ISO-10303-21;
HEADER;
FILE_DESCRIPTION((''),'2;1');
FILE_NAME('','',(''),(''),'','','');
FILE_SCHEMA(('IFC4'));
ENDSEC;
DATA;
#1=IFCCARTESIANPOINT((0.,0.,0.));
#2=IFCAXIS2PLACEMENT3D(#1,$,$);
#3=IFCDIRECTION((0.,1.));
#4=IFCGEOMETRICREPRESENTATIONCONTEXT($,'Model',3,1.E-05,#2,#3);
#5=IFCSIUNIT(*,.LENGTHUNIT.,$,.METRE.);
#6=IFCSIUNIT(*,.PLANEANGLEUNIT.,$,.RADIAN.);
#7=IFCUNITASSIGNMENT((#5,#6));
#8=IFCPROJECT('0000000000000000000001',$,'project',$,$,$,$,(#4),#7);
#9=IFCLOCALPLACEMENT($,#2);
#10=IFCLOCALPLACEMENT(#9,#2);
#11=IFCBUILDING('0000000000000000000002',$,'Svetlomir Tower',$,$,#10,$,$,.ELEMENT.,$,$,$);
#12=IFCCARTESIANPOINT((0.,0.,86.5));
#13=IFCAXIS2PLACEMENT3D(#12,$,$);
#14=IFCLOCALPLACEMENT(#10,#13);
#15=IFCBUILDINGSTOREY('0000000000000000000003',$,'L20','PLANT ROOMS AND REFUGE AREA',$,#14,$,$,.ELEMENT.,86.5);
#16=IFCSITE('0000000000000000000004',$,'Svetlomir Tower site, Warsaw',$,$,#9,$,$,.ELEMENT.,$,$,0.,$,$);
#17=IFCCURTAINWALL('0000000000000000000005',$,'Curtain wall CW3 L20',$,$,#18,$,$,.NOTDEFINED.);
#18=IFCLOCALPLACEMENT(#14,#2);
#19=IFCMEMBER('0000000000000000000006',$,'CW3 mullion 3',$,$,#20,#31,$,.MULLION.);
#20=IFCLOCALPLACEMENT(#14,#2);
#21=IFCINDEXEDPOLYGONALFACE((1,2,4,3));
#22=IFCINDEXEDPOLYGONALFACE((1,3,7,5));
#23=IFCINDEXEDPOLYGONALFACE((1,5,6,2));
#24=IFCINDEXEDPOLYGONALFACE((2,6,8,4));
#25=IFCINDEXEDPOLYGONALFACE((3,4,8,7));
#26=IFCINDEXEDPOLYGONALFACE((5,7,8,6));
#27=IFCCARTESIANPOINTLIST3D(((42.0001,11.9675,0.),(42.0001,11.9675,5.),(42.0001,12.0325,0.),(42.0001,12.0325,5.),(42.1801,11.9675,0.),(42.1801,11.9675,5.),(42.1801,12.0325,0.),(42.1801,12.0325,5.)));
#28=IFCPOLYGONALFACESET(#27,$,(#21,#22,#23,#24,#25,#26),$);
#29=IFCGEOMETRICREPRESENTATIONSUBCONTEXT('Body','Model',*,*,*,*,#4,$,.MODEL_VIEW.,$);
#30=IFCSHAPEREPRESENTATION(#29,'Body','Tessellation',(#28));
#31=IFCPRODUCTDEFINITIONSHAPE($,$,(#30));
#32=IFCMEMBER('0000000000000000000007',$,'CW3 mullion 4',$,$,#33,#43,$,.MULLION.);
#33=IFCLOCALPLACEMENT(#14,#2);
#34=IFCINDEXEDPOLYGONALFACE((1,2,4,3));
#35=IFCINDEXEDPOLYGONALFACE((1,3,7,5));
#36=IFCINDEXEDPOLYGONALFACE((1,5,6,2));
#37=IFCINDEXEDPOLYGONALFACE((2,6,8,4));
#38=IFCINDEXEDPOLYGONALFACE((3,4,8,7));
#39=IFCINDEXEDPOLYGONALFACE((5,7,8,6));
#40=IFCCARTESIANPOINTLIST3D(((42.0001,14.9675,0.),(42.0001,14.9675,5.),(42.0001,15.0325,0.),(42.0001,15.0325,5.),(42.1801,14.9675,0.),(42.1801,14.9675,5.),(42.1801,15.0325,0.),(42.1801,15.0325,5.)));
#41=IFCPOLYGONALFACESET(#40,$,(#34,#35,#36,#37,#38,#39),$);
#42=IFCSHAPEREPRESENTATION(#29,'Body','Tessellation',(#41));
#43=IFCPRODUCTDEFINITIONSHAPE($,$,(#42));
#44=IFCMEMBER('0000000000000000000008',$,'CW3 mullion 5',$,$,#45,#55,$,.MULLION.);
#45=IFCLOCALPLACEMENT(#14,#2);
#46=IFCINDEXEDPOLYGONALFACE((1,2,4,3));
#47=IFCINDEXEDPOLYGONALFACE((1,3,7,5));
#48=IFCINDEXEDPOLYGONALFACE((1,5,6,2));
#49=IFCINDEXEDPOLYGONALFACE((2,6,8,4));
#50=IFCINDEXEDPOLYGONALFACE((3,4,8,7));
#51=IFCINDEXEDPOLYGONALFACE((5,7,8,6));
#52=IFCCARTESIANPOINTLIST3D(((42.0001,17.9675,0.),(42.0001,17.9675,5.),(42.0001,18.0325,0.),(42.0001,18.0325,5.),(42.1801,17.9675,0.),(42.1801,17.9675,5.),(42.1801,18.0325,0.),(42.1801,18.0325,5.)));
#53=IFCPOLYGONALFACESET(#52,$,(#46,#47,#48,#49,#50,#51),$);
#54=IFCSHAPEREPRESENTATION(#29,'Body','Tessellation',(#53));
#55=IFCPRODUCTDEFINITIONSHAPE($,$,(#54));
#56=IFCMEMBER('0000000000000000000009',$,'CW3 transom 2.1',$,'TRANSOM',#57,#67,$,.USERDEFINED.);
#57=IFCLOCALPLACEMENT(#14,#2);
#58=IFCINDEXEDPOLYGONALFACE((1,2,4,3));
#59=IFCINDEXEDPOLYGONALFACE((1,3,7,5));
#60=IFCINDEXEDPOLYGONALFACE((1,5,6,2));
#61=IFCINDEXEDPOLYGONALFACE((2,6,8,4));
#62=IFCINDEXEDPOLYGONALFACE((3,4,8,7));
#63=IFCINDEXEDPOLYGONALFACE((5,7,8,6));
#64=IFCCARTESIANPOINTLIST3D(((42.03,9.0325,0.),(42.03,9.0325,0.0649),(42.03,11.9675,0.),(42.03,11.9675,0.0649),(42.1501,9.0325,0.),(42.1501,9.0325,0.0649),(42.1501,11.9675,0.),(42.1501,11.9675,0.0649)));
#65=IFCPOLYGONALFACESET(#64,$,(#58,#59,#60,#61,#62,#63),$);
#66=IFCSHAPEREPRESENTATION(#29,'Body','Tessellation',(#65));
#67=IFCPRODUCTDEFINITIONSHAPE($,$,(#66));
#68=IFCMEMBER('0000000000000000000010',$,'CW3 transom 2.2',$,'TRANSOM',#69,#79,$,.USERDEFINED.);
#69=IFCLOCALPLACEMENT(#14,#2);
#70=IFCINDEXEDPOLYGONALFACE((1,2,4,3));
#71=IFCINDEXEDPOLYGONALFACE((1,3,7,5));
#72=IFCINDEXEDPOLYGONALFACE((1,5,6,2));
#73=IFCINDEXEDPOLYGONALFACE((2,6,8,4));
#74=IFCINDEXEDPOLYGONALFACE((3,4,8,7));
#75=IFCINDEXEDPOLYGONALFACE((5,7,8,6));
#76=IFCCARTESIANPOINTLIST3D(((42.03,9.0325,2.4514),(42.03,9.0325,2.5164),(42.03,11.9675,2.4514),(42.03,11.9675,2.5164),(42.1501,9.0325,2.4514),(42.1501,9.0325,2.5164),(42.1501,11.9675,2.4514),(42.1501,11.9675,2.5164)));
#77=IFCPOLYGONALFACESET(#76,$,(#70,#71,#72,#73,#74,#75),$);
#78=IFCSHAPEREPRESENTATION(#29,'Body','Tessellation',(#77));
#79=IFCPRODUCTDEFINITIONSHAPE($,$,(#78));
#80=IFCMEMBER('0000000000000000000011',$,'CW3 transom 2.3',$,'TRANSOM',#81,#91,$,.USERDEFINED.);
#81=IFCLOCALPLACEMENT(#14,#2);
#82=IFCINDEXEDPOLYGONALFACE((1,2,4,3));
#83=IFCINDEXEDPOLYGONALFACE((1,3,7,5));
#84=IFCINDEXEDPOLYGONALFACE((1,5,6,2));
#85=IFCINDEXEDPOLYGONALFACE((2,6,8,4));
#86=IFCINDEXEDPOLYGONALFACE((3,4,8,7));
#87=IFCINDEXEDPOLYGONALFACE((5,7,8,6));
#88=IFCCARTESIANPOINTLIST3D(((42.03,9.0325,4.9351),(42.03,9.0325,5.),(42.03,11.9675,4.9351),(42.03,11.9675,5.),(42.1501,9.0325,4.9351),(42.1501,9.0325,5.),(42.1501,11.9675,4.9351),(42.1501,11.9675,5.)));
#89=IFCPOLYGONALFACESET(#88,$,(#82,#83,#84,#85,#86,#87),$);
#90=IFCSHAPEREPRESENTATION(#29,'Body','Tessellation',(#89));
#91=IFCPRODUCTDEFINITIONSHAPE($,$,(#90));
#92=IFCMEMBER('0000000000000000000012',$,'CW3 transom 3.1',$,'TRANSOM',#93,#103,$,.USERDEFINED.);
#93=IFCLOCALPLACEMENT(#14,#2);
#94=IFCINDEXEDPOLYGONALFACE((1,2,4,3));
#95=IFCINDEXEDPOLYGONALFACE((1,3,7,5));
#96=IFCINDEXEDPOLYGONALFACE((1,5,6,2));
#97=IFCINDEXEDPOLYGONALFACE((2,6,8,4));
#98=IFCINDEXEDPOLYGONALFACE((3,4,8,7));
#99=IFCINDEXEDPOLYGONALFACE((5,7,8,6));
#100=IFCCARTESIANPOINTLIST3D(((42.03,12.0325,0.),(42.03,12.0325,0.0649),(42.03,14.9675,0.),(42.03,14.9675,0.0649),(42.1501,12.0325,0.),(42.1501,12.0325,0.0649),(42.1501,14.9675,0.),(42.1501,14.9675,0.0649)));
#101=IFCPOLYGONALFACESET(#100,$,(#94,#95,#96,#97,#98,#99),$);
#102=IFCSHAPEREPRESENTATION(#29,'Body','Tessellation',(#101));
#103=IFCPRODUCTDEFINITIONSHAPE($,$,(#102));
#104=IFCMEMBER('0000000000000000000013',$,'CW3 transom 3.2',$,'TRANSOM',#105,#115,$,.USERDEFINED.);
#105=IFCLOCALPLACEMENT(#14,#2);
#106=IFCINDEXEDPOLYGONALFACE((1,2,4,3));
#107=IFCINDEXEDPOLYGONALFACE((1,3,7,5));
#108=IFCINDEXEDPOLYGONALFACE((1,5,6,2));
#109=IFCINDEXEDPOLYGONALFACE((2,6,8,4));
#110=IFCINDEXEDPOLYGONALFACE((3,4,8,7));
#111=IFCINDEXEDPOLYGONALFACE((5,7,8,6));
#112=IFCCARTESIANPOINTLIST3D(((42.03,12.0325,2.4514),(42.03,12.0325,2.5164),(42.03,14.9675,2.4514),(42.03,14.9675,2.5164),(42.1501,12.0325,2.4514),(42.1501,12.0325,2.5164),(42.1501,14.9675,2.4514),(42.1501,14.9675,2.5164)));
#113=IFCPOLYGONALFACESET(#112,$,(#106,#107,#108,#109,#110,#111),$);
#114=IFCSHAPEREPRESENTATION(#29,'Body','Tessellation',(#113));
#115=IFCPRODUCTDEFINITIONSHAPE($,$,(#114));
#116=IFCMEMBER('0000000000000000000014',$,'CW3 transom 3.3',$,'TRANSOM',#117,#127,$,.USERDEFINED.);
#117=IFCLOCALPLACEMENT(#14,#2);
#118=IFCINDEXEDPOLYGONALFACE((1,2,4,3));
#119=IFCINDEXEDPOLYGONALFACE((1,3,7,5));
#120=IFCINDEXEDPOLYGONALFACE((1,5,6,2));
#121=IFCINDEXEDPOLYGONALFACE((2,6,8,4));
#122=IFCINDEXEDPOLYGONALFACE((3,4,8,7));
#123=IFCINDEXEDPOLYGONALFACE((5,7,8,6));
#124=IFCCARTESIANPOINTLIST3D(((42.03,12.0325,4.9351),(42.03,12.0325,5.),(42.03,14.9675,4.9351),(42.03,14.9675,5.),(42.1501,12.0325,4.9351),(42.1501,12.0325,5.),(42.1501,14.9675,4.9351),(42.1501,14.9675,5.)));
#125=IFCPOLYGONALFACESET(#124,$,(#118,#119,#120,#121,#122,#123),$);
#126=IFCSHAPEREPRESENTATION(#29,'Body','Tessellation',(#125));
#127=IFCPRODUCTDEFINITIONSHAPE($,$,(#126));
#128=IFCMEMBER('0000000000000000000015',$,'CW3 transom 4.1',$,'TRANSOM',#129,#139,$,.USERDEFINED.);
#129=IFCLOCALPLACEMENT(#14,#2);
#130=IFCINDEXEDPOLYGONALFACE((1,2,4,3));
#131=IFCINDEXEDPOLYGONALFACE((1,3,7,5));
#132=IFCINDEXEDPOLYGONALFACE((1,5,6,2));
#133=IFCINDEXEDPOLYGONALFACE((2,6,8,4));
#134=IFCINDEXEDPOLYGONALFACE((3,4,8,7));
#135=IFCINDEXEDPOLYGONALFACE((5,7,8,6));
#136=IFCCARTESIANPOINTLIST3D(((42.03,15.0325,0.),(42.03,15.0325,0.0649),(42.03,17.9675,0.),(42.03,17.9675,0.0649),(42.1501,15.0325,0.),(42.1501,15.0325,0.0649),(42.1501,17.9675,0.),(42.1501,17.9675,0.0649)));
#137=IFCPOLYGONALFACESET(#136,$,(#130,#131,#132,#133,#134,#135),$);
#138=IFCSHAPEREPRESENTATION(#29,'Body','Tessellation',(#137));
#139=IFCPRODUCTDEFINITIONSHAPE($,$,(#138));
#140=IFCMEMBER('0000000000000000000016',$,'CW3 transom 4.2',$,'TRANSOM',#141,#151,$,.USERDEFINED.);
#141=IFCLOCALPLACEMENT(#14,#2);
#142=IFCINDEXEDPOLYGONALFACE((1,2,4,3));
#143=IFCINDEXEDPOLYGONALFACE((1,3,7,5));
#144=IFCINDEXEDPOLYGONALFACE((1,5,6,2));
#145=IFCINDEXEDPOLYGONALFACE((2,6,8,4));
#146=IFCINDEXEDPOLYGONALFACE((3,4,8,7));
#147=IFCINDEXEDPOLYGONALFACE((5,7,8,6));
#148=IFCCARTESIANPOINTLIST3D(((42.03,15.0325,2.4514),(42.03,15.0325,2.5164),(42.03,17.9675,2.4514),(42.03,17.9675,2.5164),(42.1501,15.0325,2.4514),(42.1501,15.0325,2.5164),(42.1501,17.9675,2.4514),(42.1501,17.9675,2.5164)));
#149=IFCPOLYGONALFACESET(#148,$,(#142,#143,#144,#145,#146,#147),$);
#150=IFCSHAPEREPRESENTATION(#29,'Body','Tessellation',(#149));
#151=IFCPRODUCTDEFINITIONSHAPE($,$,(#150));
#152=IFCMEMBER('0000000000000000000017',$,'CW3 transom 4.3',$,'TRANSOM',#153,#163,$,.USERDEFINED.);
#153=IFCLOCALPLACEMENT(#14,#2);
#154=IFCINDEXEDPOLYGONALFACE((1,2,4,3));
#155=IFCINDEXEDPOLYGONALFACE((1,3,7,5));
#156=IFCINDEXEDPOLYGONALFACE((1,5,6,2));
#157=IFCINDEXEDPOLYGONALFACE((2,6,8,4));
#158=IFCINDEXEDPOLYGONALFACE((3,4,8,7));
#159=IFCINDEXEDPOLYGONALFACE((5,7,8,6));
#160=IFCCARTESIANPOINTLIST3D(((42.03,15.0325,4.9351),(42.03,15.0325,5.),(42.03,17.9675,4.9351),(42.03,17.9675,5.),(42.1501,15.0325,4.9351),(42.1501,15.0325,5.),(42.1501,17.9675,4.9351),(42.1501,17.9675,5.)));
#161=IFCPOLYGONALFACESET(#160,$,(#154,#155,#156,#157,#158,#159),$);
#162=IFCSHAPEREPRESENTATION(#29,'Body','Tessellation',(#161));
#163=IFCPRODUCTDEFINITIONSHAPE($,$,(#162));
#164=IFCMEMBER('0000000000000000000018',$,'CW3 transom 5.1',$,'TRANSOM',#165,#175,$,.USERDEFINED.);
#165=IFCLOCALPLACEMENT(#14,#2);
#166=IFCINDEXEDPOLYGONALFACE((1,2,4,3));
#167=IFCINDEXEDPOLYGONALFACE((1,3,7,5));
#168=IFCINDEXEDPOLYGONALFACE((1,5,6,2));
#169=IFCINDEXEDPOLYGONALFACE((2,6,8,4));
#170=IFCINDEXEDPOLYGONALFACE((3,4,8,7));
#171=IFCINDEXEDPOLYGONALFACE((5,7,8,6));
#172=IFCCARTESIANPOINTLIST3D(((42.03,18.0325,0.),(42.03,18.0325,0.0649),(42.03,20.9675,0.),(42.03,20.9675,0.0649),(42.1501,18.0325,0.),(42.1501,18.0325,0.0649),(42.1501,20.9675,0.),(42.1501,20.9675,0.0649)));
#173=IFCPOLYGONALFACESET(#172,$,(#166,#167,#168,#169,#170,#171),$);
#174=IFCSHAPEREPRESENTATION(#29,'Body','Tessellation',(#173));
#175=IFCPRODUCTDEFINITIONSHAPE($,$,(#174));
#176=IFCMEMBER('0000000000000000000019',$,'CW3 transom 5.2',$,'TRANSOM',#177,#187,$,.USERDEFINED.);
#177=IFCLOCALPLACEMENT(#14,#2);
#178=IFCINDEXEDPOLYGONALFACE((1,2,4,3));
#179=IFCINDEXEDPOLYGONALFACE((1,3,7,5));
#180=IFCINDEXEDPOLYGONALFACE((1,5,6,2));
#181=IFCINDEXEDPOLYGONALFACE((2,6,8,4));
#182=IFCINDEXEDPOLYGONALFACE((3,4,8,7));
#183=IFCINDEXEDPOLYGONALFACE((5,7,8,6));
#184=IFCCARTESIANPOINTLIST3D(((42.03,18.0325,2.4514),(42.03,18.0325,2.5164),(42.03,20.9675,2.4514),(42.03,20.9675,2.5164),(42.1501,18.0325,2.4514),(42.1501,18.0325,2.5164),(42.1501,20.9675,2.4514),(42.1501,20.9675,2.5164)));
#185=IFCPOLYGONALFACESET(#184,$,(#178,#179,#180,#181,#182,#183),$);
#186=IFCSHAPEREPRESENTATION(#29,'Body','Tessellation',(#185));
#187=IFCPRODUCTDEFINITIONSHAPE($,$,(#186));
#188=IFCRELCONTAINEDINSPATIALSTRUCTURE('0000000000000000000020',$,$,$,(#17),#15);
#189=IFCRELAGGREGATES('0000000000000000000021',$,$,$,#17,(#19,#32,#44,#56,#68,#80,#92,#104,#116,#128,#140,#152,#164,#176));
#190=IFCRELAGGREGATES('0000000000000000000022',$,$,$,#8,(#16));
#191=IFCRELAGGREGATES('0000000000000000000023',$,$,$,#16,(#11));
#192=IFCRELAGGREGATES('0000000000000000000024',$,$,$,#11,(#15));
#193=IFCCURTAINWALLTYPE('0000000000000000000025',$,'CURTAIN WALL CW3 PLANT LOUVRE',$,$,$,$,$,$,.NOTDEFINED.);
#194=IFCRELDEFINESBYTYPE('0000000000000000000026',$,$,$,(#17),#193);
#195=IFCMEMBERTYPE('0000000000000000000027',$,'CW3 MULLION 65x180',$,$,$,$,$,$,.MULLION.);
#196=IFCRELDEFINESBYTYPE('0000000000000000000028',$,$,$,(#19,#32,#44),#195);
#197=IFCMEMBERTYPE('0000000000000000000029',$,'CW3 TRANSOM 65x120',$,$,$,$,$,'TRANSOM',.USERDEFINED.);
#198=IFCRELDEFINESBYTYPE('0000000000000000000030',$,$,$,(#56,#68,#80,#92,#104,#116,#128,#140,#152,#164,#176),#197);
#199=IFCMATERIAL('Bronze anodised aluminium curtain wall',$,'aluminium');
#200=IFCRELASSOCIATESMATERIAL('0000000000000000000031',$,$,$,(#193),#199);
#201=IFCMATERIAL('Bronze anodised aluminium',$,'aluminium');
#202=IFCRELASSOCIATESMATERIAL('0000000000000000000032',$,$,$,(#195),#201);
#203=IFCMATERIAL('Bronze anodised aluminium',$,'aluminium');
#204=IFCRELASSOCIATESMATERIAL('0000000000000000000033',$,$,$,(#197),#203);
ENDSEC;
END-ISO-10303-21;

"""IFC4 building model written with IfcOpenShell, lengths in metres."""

from ifc_helpers import new_model, si_unit, direction, frame, origin, origin_2d, place, context, subcontext, project, spatial, rectangle, extrude, material, material_profile, profile_set, type_object, element, aggregate, save


model = new_model("IFC4")

# Units and contexts
model_context = context("Model", 3, precision=1e-05, world=origin(), true_north=direction((0.0, 1.0)))
body_context = subcontext(model_context, "Body", "Model", "MODEL_VIEW")
ifc_project = project(units=[si_unit("LENGTHUNIT", "METRE"), si_unit("PLANEANGLEUNIT", "RADIAN")], contexts=[model_context])

# Site, building, storey
site_placement = place(None, origin())
site = spatial("IfcSite", under=ifc_project, at=site_placement, Name="Svetlomir Tower site, Warsaw", CompositionType="ELEMENT", RefElevation=0.0)
building_placement = place(site_placement, origin())
building = spatial("IfcBuilding", under=site, at=building_placement, Name="Svetlomir Tower", CompositionType="ELEMENT")
storey_placement = place(building_placement, frame((0.0, 0.0, 86.5)))
storey = spatial("IfcBuildingStorey", under=building, at=storey_placement, Name="L20", Description="PLANT ROOMS AND REFUGE AREA", CompositionType="ELEMENT", Elevation=86.5)

# Curtain wall, members
ifc_material_1 = material(Name="Bronze anodised aluminium curtain wall", Category="aluminium")
curtain_wall_type = type_object("IfcCurtainWallType", Name="CURTAIN WALL CW3 PLANT LOUVRE", PredefinedType="NOTDEFINED", material=ifc_material_1)
curtain_wall_placement = place(storey_placement, origin())
curtain_wall = element("IfcCurtainWall", 1, at=curtain_wall_placement, inside=storey, type_object=curtain_wall_type, Name="Curtain wall CW3 L20", PredefinedType="NOTDEFINED")
ifc_material_2 = material(Name="Bronze anodised aluminium", Category="aluminium")
ifc_material_profile_1 = material_profile(ifc_material_2, rectangle(XDim=0.0649, YDim=0.1799, at=origin_2d()), Name="AL 65x180")
ifc_profile_set_1 = profile_set([ifc_material_profile_1], Name="Bronze anodised aluminium 6063-T6")
member_type_1 = type_object("IfcMemberType", Name="CW3 MULLION 65x180", PredefinedType="MULLION", material=ifc_profile_set_1)
member_1_placement = place(storey_placement, frame((42.0901, 12.0, 0.0), z_axis=(0.0, 0.0, 1.0), x_axis=(0.0, 1.0, 0.0)))
member_1 = element("IfcMember", 2, at=member_1_placement, type_object=member_type_1, Name="CW3 mullion 3", PredefinedType="MULLION", context=body_context, shape_type="SweptSolid", body=[
    extrude(rectangle(XDim=0.0649, YDim=0.1799, at=origin_2d()), origin(), (0.0, 0.0, 1.0), 5.0),
])
member_2_placement = place(storey_placement, frame((42.0901, 15.0, 0.0), z_axis=(0.0, 0.0, 1.0), x_axis=(0.0, 1.0, 0.0)))
member_2 = element("IfcMember", 3, at=member_2_placement, type_object=member_type_1, Name="CW3 mullion 4", PredefinedType="MULLION", context=body_context, shape_type="SweptSolid", body=[
    extrude(rectangle(XDim=0.0649, YDim=0.1799, at=origin_2d()), origin(), (0.0, 0.0, 1.0), 5.0),
])
member_3_placement = place(storey_placement, frame((42.0901, 18.0, 0.0), z_axis=(0.0, 0.0, 1.0), x_axis=(0.0, 1.0, 0.0)))
member_3 = element("IfcMember", 4, at=member_3_placement, type_object=member_type_1, Name="CW3 mullion 5", PredefinedType="MULLION", context=body_context, shape_type="SweptSolid", body=[
    extrude(rectangle(XDim=0.0649, YDim=0.1799, at=origin_2d()), origin(), (0.0, 0.0, 1.0), 5.0),
])
ifc_material_3 = material(Name="Bronze anodised aluminium", Category="aluminium")
ifc_material_profile_2 = material_profile(ifc_material_3, rectangle(XDim=0.1201, YDim=0.0649, at=origin_2d()), Name="AL 120x65")
ifc_profile_set_2 = profile_set([ifc_material_profile_2], Name="Bronze anodised aluminium 6063-T6")
member_type_2 = type_object("IfcMemberType", Name="CW3 TRANSOM 65x120", ElementType="TRANSOM", PredefinedType="USERDEFINED", material=ifc_profile_set_2)
member_4_placement = place(storey_placement, frame((42.0901, 9.0325, 0.0325), z_axis=(0.0, 1.0, 0.0), x_axis=(-1.0, 0.0, 0.0)))
member_4 = element("IfcMember", 5, at=member_4_placement, type_object=member_type_2, Name="CW3 transom 2.1", ObjectType="TRANSOM", PredefinedType="USERDEFINED", context=body_context, shape_type="SweptSolid", body=[
    extrude(rectangle(XDim=0.1201, YDim=0.0649, at=origin_2d()), origin(), (0.0, 0.0, 1.0), 2.9351),
])
member_5_placement = place(storey_placement, frame((42.0901, 9.0325, 2.4839), z_axis=(0.0, 1.0, 0.0), x_axis=(-1.0, 0.0, 0.0)))
member_5 = element("IfcMember", 6, at=member_5_placement, type_object=member_type_2, Name="CW3 transom 2.2", ObjectType="TRANSOM", PredefinedType="USERDEFINED", context=body_context, shape_type="SweptSolid", body=[
    extrude(rectangle(XDim=0.1201, YDim=0.0649, at=origin_2d()), origin(), (0.0, 0.0, 1.0), 2.9351),
])
member_6_placement = place(storey_placement, frame((42.0901, 9.0325, 4.9675), z_axis=(0.0, 1.0, 0.0), x_axis=(-1.0, 0.0, 0.0)))
member_6 = element("IfcMember", 7, at=member_6_placement, type_object=member_type_2, Name="CW3 transom 2.3", ObjectType="TRANSOM", PredefinedType="USERDEFINED", context=body_context, shape_type="SweptSolid", body=[
    extrude(rectangle(XDim=0.1201, YDim=0.0649, at=origin_2d()), origin(), (0.0, 0.0, 1.0), 2.9351),
])
member_7_placement = place(storey_placement, frame((42.0901, 12.0325, 0.0325), z_axis=(0.0, 1.0, 0.0), x_axis=(-1.0, 0.0, 0.0)))
member_7 = element("IfcMember", 8, at=member_7_placement, type_object=member_type_2, Name="CW3 transom 3.1", ObjectType="TRANSOM", PredefinedType="USERDEFINED", context=body_context, shape_type="SweptSolid", body=[
    extrude(rectangle(XDim=0.1201, YDim=0.0649, at=origin_2d()), origin(), (0.0, 0.0, 1.0), 2.9351),
])
member_8_placement = place(storey_placement, frame((42.0901, 12.0325, 2.4839), z_axis=(0.0, 1.0, 0.0), x_axis=(-1.0, 0.0, 0.0)))
member_8 = element("IfcMember", 9, at=member_8_placement, type_object=member_type_2, Name="CW3 transom 3.2", ObjectType="TRANSOM", PredefinedType="USERDEFINED", context=body_context, shape_type="SweptSolid", body=[
    extrude(rectangle(XDim=0.1201, YDim=0.0649, at=origin_2d()), origin(), (0.0, 0.0, 1.0), 2.9351),
])
member_9_placement = place(storey_placement, frame((42.0901, 12.0325, 4.9675), z_axis=(0.0, 1.0, 0.0), x_axis=(-1.0, 0.0, 0.0)))
member_9 = element("IfcMember", 10, at=member_9_placement, type_object=member_type_2, Name="CW3 transom 3.3", ObjectType="TRANSOM", PredefinedType="USERDEFINED", context=body_context, shape_type="SweptSolid", body=[
    extrude(rectangle(XDim=0.1201, YDim=0.0649, at=origin_2d()), origin(), (0.0, 0.0, 1.0), 2.9351),
])
member_10_placement = place(storey_placement, frame((42.0901, 15.0325, 0.0325), z_axis=(0.0, 1.0, 0.0), x_axis=(-1.0, 0.0, 0.0)))
member_10 = element("IfcMember", 11, at=member_10_placement, type_object=member_type_2, Name="CW3 transom 4.1", ObjectType="TRANSOM", PredefinedType="USERDEFINED", context=body_context, shape_type="SweptSolid", body=[
    extrude(rectangle(XDim=0.1201, YDim=0.0649, at=origin_2d()), origin(), (0.0, 0.0, 1.0), 2.9351),
])
member_11_placement = place(storey_placement, frame((42.0901, 15.0325, 2.4839), z_axis=(0.0, 1.0, 0.0), x_axis=(-1.0, 0.0, 0.0)))
member_11 = element("IfcMember", 12, at=member_11_placement, type_object=member_type_2, Name="CW3 transom 4.2", ObjectType="TRANSOM", PredefinedType="USERDEFINED", context=body_context, shape_type="SweptSolid", body=[
    extrude(rectangle(XDim=0.1201, YDim=0.0649, at=origin_2d()), origin(), (0.0, 0.0, 1.0), 2.9351),
])
member_12_placement = place(storey_placement, frame((42.0901, 15.0325, 4.9675), z_axis=(0.0, 1.0, 0.0), x_axis=(-1.0, 0.0, 0.0)))
member_12 = element("IfcMember", 13, at=member_12_placement, type_object=member_type_2, Name="CW3 transom 4.3", ObjectType="TRANSOM", PredefinedType="USERDEFINED", context=body_context, shape_type="SweptSolid", body=[
    extrude(rectangle(XDim=0.1201, YDim=0.0649, at=origin_2d()), origin(), (0.0, 0.0, 1.0), 2.9351),
])
member_13_placement = place(storey_placement, frame((42.0901, 18.0325, 0.0325), z_axis=(0.0, 1.0, 0.0), x_axis=(-1.0, 0.0, 0.0)))
member_13 = element("IfcMember", 14, at=member_13_placement, type_object=member_type_2, Name="CW3 transom 5.1", ObjectType="TRANSOM", PredefinedType="USERDEFINED", context=body_context, shape_type="SweptSolid", body=[
    extrude(rectangle(XDim=0.1201, YDim=0.0649, at=origin_2d()), origin(), (0.0, 0.0, 1.0), 2.9351),
])
member_14_placement = place(storey_placement, frame((42.0901, 18.0325, 2.4839), z_axis=(0.0, 1.0, 0.0), x_axis=(-1.0, 0.0, 0.0)))
member_14 = element("IfcMember", 15, at=member_14_placement, type_object=member_type_2, Name="CW3 transom 5.2", ObjectType="TRANSOM", PredefinedType="USERDEFINED", context=body_context, shape_type="SweptSolid", body=[
    extrude(rectangle(XDim=0.1201, YDim=0.0649, at=origin_2d()), origin(), (0.0, 0.0, 1.0), 2.9351),
])
aggregate(curtain_wall, [member_1, member_2, member_3, member_4, member_5, member_6, member_7, member_8, member_9, member_10, member_11, member_12, member_13, member_14])

save(model, "model.ifc")
